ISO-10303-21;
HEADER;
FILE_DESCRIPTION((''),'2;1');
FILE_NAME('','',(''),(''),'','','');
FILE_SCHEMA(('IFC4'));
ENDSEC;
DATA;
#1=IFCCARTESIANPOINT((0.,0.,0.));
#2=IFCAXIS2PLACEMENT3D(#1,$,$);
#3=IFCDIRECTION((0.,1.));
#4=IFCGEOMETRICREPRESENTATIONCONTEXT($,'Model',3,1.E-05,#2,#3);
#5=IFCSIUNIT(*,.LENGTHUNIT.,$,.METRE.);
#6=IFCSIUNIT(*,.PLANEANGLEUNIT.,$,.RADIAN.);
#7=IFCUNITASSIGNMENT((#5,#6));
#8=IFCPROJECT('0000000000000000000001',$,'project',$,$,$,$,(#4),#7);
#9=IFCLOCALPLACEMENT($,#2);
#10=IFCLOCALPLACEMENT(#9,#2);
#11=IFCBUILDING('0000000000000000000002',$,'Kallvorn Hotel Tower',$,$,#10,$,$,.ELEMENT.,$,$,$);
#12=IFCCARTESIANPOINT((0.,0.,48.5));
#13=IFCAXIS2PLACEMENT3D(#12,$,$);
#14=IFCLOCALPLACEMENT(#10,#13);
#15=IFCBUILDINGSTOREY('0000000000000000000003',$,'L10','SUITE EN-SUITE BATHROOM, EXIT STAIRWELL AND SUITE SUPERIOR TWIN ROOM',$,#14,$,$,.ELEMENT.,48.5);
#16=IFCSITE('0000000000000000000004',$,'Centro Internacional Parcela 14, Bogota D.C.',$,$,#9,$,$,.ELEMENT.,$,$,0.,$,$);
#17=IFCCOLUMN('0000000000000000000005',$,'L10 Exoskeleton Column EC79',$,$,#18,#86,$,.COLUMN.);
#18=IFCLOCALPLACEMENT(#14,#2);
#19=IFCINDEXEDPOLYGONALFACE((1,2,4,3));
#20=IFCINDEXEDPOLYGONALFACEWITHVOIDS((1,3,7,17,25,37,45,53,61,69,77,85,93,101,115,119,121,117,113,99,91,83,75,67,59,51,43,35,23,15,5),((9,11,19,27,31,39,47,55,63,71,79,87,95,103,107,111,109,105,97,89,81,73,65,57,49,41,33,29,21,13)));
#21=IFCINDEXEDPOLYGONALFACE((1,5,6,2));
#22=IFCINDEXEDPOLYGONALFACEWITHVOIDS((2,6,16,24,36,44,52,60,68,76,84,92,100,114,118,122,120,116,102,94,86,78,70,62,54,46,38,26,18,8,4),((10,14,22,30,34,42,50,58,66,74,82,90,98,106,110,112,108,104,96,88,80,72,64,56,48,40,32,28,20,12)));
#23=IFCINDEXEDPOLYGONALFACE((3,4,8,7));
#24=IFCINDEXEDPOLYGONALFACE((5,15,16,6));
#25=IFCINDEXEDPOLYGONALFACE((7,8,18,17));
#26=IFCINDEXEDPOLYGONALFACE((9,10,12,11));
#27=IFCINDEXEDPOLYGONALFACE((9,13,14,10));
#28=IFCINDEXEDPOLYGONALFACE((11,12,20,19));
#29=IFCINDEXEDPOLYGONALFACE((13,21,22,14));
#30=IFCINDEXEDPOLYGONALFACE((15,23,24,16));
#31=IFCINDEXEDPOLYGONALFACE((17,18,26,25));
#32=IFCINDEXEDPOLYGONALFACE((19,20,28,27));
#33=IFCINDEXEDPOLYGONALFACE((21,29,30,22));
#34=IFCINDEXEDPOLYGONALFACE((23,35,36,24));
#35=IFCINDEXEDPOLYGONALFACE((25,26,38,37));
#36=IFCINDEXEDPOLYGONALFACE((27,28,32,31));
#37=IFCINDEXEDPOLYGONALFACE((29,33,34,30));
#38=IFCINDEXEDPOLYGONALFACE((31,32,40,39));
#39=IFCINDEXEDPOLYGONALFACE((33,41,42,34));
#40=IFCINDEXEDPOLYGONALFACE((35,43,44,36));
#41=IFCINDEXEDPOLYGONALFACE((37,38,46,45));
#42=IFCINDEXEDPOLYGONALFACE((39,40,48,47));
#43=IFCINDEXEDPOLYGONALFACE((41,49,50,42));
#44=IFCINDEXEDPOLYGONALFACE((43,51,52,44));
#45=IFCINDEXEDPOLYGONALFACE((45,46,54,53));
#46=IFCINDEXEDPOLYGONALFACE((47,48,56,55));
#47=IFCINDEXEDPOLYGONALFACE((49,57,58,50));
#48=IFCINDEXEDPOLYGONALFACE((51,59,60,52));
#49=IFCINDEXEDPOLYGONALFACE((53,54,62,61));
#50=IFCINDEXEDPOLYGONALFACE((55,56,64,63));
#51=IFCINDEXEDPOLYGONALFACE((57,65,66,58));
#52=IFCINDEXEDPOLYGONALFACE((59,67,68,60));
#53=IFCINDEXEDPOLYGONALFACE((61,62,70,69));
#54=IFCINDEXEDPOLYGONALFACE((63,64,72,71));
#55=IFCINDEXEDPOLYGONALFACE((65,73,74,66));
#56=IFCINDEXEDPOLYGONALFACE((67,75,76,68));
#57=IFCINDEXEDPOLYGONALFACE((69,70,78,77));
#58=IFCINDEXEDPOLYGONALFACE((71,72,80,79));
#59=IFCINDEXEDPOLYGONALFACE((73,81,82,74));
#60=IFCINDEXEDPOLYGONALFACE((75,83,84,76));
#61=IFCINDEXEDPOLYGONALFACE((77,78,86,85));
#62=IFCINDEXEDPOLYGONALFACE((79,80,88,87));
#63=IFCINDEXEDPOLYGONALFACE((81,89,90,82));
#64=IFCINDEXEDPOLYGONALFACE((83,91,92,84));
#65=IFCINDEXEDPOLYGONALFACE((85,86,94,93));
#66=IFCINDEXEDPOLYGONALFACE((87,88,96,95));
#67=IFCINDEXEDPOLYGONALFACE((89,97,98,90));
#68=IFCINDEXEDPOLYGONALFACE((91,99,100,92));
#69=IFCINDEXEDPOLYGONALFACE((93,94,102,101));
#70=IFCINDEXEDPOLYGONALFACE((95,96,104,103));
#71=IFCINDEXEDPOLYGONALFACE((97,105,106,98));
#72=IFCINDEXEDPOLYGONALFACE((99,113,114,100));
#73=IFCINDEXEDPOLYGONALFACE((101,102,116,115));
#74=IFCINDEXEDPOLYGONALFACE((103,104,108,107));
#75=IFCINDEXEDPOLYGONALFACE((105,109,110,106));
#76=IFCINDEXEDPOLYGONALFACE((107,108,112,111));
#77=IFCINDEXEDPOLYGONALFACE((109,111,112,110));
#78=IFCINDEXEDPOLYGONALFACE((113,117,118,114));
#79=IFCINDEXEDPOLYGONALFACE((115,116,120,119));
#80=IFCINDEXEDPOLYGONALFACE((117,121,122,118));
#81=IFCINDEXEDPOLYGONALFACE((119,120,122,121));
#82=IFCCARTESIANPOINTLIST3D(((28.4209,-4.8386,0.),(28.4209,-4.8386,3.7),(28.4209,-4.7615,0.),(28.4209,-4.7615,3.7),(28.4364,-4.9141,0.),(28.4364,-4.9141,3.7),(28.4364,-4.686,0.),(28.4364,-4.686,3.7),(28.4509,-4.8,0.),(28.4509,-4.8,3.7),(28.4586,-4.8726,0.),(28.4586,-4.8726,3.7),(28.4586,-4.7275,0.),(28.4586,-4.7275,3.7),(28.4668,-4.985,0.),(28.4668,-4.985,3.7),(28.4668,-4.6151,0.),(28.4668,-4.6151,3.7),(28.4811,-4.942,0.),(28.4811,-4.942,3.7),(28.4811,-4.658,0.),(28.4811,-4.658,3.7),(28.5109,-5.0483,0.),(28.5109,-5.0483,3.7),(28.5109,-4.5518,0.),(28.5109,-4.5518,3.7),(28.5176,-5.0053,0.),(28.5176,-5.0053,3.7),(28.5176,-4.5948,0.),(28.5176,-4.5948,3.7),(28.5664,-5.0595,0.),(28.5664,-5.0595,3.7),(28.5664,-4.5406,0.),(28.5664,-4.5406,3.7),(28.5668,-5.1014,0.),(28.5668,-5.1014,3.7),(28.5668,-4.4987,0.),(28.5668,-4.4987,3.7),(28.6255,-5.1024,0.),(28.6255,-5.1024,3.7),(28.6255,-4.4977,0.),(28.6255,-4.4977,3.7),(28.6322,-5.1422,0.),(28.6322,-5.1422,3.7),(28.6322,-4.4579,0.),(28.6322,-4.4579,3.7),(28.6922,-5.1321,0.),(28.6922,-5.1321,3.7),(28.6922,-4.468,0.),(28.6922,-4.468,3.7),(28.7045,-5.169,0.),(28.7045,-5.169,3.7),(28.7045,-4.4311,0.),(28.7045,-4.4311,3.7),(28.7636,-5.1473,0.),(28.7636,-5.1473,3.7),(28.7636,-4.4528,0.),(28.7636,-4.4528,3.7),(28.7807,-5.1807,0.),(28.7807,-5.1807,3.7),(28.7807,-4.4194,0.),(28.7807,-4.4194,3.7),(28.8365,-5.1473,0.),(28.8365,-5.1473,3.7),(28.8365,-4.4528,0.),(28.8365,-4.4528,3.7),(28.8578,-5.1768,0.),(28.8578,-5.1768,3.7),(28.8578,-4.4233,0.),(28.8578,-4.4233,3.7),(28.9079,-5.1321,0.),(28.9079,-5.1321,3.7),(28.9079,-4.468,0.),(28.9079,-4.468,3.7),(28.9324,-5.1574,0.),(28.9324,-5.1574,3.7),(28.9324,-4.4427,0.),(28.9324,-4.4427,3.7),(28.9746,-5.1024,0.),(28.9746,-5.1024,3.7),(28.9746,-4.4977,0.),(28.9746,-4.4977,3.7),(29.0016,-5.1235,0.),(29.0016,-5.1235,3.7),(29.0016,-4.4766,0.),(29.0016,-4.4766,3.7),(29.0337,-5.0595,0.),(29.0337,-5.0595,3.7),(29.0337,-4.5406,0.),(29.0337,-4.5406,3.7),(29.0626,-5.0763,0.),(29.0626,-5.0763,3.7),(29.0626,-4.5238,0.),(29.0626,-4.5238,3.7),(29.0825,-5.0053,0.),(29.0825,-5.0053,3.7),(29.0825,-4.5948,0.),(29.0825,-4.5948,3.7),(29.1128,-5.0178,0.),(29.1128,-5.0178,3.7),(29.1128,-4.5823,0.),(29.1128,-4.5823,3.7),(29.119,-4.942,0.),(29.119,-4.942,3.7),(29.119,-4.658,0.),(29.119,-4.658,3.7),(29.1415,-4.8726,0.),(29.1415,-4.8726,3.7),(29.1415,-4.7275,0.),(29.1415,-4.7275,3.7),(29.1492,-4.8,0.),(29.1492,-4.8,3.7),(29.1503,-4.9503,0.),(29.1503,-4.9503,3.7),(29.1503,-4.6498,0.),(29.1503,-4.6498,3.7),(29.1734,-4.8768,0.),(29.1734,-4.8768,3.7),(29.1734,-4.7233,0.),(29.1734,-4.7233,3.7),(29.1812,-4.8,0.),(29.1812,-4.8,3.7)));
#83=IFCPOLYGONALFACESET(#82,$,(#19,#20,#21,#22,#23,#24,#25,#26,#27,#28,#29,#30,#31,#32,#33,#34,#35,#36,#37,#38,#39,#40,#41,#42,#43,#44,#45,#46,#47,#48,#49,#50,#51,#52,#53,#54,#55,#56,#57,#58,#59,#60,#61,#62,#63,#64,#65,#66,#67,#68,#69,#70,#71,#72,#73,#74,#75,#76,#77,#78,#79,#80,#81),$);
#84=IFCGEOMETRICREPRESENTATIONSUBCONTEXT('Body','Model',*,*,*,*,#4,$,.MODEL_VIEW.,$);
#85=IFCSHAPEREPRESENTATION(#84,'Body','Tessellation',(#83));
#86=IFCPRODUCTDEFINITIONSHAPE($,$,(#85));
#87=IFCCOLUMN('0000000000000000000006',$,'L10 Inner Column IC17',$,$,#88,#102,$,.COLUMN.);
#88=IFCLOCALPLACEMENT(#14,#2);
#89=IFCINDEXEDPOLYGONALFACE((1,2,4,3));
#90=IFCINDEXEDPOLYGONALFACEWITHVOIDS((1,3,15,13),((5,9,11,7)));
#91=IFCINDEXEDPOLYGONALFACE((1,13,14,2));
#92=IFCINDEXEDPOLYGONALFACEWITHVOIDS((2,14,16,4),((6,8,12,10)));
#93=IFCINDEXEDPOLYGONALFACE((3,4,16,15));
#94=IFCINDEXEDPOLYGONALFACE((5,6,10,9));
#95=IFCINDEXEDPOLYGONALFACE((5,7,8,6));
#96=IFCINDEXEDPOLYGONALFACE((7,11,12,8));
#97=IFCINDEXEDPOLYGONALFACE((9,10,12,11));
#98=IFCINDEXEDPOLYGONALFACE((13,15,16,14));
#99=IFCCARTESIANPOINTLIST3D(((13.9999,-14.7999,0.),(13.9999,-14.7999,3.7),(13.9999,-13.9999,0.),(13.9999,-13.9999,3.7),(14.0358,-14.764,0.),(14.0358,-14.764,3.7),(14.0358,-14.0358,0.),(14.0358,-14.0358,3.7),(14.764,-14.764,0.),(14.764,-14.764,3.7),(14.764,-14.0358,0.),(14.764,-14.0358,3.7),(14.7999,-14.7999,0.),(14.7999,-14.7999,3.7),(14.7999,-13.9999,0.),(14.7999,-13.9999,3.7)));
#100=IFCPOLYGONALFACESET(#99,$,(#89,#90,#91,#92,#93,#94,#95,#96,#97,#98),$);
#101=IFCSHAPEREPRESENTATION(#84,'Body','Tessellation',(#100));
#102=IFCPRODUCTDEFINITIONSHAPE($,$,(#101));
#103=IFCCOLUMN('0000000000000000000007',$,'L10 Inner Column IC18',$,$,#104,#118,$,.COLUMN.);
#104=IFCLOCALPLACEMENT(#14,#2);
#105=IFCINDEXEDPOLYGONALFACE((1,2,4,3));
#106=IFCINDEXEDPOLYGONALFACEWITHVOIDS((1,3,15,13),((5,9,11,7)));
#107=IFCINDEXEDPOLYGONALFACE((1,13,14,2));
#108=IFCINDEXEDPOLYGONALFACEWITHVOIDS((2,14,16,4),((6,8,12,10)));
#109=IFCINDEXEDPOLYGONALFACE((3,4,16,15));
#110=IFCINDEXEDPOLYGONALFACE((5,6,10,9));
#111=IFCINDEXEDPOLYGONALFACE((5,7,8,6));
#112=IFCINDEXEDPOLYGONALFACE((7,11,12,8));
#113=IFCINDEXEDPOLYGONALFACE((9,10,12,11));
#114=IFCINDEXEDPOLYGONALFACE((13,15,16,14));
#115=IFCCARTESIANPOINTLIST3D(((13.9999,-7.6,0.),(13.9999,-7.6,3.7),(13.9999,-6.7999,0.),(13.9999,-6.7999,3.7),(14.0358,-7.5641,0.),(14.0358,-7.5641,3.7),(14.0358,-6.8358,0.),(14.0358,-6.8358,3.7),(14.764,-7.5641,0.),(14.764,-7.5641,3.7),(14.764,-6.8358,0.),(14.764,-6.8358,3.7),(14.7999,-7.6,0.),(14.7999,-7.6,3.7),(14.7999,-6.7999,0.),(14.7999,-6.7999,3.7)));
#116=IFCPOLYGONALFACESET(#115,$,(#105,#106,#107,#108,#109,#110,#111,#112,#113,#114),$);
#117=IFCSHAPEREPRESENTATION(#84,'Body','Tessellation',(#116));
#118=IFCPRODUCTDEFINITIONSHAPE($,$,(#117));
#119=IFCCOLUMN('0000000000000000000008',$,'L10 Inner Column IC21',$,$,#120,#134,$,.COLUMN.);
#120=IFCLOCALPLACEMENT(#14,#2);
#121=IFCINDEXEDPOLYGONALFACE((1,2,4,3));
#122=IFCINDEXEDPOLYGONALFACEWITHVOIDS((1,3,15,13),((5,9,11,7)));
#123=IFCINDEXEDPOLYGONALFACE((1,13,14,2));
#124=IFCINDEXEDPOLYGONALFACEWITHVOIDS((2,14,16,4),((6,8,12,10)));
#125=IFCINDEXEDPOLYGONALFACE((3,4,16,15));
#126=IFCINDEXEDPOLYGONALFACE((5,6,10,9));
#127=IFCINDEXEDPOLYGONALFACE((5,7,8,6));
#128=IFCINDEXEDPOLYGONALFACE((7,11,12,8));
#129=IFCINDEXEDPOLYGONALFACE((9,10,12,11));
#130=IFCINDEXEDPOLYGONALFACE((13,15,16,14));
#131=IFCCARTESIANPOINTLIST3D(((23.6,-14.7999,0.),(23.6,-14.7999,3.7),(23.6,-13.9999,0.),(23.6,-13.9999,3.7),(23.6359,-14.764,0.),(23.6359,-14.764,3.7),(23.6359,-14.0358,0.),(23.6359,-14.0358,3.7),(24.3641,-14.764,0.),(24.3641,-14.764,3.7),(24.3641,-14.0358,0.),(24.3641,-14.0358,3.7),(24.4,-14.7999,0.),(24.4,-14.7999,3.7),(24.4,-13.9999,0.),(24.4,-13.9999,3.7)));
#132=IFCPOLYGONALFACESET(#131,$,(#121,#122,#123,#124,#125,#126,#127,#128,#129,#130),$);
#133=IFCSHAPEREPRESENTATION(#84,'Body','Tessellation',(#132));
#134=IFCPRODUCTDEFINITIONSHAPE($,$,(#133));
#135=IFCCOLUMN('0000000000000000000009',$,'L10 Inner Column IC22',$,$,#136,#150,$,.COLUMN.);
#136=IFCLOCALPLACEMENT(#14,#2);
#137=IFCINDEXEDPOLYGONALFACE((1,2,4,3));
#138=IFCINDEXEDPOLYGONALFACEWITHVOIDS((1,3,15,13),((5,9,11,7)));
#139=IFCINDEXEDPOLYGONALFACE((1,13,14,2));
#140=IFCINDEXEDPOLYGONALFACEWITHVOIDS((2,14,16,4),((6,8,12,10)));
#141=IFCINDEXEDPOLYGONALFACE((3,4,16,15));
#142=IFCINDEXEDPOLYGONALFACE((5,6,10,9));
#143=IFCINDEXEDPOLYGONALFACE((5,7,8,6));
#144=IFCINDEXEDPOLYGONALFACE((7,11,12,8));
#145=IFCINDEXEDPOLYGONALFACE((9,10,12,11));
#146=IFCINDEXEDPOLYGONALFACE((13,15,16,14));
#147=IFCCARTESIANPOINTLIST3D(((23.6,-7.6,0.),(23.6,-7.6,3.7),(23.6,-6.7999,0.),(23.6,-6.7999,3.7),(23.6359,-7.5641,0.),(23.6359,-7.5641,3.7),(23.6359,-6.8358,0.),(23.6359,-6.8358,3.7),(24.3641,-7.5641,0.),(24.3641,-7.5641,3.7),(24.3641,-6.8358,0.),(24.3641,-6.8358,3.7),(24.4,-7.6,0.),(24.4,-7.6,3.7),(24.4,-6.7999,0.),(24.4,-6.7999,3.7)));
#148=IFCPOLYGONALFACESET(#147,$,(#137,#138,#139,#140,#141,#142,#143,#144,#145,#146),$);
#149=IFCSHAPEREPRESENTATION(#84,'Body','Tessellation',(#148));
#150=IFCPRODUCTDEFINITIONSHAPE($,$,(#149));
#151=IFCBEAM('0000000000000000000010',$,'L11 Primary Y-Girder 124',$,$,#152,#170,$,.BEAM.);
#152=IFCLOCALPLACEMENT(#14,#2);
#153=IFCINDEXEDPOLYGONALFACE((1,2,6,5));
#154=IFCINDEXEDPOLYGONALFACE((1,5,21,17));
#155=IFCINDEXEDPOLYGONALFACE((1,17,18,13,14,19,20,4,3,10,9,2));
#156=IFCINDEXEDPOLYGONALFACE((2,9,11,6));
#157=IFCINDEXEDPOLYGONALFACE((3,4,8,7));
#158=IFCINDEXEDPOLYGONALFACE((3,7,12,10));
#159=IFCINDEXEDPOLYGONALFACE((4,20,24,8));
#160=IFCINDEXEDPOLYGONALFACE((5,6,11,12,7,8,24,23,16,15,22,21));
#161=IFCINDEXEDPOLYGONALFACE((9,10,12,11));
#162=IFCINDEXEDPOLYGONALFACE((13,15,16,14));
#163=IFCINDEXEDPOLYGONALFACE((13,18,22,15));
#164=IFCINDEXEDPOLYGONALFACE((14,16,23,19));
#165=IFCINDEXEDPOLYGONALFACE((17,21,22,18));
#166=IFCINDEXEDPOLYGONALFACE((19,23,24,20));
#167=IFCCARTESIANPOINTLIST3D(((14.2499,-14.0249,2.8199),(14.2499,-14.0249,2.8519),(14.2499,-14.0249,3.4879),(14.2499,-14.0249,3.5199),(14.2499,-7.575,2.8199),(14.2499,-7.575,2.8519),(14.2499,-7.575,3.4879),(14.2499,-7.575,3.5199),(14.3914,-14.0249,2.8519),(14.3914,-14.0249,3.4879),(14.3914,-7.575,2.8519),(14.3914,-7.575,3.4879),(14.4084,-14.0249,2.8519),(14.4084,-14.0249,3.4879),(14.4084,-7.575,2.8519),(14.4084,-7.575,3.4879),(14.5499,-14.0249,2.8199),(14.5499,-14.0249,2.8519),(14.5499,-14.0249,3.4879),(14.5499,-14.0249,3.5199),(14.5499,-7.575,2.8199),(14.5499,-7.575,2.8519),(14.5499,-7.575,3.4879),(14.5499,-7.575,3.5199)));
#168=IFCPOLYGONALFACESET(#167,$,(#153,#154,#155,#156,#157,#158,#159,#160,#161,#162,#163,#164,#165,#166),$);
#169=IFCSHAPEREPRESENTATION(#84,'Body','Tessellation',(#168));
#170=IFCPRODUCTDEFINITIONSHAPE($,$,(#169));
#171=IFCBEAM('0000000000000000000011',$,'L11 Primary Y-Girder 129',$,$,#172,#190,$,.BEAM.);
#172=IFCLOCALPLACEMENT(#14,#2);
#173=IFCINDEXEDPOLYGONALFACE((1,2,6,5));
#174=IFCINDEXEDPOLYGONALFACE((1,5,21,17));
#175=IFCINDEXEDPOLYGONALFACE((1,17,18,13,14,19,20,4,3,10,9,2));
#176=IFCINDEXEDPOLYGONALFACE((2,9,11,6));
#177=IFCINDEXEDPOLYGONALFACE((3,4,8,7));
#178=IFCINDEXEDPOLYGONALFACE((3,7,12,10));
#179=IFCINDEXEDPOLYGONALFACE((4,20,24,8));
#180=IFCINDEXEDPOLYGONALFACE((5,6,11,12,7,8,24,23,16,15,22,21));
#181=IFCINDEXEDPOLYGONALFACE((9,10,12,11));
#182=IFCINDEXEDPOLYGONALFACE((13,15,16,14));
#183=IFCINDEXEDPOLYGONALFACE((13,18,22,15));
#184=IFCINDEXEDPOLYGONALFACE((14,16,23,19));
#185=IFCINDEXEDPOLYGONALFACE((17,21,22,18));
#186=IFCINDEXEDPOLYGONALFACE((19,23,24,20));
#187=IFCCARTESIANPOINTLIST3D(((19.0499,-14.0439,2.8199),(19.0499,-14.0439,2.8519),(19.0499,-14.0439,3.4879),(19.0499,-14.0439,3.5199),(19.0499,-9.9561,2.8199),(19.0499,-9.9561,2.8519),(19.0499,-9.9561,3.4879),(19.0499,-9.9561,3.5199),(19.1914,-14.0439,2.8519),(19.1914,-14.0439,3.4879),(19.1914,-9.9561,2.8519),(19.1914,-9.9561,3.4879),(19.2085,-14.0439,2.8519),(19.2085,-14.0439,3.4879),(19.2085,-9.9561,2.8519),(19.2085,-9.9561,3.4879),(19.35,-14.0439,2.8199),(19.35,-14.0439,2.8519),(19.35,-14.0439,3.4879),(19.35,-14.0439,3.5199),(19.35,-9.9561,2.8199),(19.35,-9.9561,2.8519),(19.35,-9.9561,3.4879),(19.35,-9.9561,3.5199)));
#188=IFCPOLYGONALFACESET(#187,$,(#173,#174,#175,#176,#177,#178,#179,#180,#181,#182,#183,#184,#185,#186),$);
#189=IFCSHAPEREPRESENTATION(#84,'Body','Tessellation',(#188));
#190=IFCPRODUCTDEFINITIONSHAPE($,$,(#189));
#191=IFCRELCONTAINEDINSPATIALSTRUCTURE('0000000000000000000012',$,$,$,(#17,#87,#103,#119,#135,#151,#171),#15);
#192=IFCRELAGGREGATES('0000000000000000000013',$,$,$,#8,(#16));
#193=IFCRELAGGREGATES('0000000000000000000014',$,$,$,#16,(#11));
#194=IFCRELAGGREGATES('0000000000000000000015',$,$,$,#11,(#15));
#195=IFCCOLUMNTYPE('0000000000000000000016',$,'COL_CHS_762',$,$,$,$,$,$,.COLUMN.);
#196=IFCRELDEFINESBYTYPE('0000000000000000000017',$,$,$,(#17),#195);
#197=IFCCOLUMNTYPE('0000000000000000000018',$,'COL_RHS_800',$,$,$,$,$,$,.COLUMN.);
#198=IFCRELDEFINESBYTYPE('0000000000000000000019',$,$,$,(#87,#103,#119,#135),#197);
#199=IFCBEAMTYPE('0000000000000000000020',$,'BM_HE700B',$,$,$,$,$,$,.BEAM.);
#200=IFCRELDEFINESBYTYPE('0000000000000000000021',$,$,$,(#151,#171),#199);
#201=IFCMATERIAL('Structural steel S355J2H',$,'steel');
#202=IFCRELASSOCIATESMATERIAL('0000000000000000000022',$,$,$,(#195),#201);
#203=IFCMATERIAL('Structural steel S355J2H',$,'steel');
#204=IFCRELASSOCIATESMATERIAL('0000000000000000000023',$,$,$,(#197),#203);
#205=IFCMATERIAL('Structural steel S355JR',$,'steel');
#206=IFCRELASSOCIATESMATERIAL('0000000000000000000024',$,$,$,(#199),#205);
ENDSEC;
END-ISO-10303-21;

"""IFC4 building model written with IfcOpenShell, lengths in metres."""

from ifc_helpers import new_model, si_unit, direction, frame, origin, origin_2d, place, context, subcontext, project, spatial, hollow_rectangle, hollow_circle, i_section, extrude, material, material_profile, profile_set, type_object, element, save


model = new_model("IFC4")

# Units and contexts
model_context = context("Model", 3, precision=1e-05, world=origin(), true_north=direction((0.0, 1.0)))
body_context = subcontext(model_context, "Body", "Model", "MODEL_VIEW")
ifc_project = project(units=[si_unit("LENGTHUNIT", "METRE"), si_unit("PLANEANGLEUNIT", "RADIAN")], contexts=[model_context])

# Site, building, storey
site_placement = place(None, origin())
site = spatial("IfcSite", under=ifc_project, at=site_placement, Name="Centro Internacional Parcela 14, Bogota D.C.", CompositionType="ELEMENT", RefElevation=0.0)
building_placement = place(site_placement, origin())
building = spatial("IfcBuilding", under=site, at=building_placement, Name="Kallvorn Hotel Tower", CompositionType="ELEMENT")
storey_placement = place(building_placement, frame((0.0, 0.0, 48.5)))
storey = spatial("IfcBuildingStorey", under=building, at=storey_placement, Name="L10", Description="SUITE EN-SUITE BATHROOM, EXIT STAIRWELL AND SUITE SUPERIOR TWIN ROOM", CompositionType="ELEMENT", Elevation=48.5)

# Columns
ifc_material_1 = material(Name="Structural steel S355J2H", Category="steel")
ifc_material_profile_1 = material_profile(ifc_material_1, hollow_circle(Radius=0.3811, WallThickness=0.032, at=origin_2d()), Name="CHS 762x32")
ifc_profile_set_1 = profile_set([ifc_material_profile_1], Name="Structural steel S355J2H")
column_type_1 = type_object("IfcColumnType", Name="COL_CHS_762", PredefinedType="COLUMN", material=ifc_profile_set_1)
for number, where, z_axis, x_axis, name in (
    (1, (28.8, -4.8, 0.0), (0.0, 0.0, 1.0), (1.0, 0.0, 0.0), "L10 Exoskeleton Column EC79"),
):
    element("IfcColumn", number, at=place(storey_placement, frame(where, z_axis=z_axis, x_axis=x_axis)), inside=storey, type_object=column_type_1, Name=name, PredefinedType="COLUMN", context=body_context, shape_type="SweptSolid", body=[
        extrude(hollow_circle(Radius=0.3811, WallThickness=0.032, at=origin_2d()), origin(), (0.0, 0.0, 1.0), 3.7),
    ])
ifc_material_2 = material(Name="Structural steel S355J2H", Category="steel")
ifc_material_profile_2 = material_profile(ifc_material_2, hollow_rectangle(XDim=0.8, YDim=0.8, WallThickness=0.0359, at=origin_2d()), Name="RHS 800x800x36")
ifc_profile_set_2 = profile_set([ifc_material_profile_2], Name="Structural steel S355J2H")
column_type_2 = type_object("IfcColumnType", Name="COL_RHS_800", PredefinedType="COLUMN", material=ifc_profile_set_2)
for number, where, z_axis, x_axis, name in (
    (2, (14.3999, -14.3999, 0.0), (0.0, 0.0, 1.0), (1.0, 0.0, 0.0), "L10 Inner Column IC17"),
    (3, (14.3999, -7.2, 0.0), (0.0, 0.0, 1.0), (1.0, 0.0, 0.0), "L10 Inner Column IC18"),
    (4, (24.0, -14.3999, 0.0), (0.0, 0.0, 1.0), (1.0, 0.0, 0.0), "L10 Inner Column IC21"),
    (5, (24.0, -7.2, 0.0), (0.0, 0.0, 1.0), (1.0, 0.0, 0.0), "L10 Inner Column IC22"),
):
    element("IfcColumn", number, at=place(storey_placement, frame(where, z_axis=z_axis, x_axis=x_axis)), inside=storey, type_object=column_type_2, Name=name, PredefinedType="COLUMN", context=body_context, shape_type="SweptSolid", body=[
        extrude(hollow_rectangle(XDim=0.8, YDim=0.8, WallThickness=0.0359, at=origin_2d()), origin(), (0.0, 0.0, 1.0), 3.7),
    ])

# Beams
ifc_material_3 = material(Name="Structural steel S355JR", Category="steel")
ifc_material_profile_3 = material_profile(ifc_material_3, i_section(OverallWidth=0.3, OverallDepth=0.7, WebThickness=0.0171, FlangeThickness=0.032, at=origin_2d()), Name="HE 700 B")
ifc_profile_set_3 = profile_set([ifc_material_profile_3], Name="Structural steel S355JR")
beam_type_1 = type_object("IfcBeamType", Name="BM_HE700B", PredefinedType="BEAM", material=ifc_profile_set_3)
beam_1_placement = place(storey_placement, frame((14.3999, -14.0249, 3.1699), z_axis=(0.0, 1.0, 0.0), x_axis=(-1.0, 0.0, 0.0)))
element("IfcBeam", 6, at=beam_1_placement, inside=storey, type_object=beam_type_1, Name="L11 Primary Y-Girder 124", PredefinedType="BEAM", context=body_context, shape_type="SweptSolid", body=[
    extrude(i_section(OverallWidth=0.3, OverallDepth=0.7, WebThickness=0.0171, FlangeThickness=0.032, at=origin_2d()), origin(), (0.0, 0.0, 1.0), 6.45),
])
beam_2_placement = place(storey_placement, frame((19.2, -14.0439, 3.1699), z_axis=(0.0, 1.0, 0.0), x_axis=(-1.0, 0.0, 0.0)))
element("IfcBeam", 7, at=beam_2_placement, inside=storey, type_object=beam_type_1, Name="L11 Primary Y-Girder 129", PredefinedType="BEAM", context=body_context, shape_type="SweptSolid", body=[
    extrude(i_section(OverallWidth=0.3, OverallDepth=0.7, WebThickness=0.0171, FlangeThickness=0.032, at=origin_2d()), origin(), (0.0, 0.0, 1.0), 4.0879),
])

save(model, "model.ifc")
